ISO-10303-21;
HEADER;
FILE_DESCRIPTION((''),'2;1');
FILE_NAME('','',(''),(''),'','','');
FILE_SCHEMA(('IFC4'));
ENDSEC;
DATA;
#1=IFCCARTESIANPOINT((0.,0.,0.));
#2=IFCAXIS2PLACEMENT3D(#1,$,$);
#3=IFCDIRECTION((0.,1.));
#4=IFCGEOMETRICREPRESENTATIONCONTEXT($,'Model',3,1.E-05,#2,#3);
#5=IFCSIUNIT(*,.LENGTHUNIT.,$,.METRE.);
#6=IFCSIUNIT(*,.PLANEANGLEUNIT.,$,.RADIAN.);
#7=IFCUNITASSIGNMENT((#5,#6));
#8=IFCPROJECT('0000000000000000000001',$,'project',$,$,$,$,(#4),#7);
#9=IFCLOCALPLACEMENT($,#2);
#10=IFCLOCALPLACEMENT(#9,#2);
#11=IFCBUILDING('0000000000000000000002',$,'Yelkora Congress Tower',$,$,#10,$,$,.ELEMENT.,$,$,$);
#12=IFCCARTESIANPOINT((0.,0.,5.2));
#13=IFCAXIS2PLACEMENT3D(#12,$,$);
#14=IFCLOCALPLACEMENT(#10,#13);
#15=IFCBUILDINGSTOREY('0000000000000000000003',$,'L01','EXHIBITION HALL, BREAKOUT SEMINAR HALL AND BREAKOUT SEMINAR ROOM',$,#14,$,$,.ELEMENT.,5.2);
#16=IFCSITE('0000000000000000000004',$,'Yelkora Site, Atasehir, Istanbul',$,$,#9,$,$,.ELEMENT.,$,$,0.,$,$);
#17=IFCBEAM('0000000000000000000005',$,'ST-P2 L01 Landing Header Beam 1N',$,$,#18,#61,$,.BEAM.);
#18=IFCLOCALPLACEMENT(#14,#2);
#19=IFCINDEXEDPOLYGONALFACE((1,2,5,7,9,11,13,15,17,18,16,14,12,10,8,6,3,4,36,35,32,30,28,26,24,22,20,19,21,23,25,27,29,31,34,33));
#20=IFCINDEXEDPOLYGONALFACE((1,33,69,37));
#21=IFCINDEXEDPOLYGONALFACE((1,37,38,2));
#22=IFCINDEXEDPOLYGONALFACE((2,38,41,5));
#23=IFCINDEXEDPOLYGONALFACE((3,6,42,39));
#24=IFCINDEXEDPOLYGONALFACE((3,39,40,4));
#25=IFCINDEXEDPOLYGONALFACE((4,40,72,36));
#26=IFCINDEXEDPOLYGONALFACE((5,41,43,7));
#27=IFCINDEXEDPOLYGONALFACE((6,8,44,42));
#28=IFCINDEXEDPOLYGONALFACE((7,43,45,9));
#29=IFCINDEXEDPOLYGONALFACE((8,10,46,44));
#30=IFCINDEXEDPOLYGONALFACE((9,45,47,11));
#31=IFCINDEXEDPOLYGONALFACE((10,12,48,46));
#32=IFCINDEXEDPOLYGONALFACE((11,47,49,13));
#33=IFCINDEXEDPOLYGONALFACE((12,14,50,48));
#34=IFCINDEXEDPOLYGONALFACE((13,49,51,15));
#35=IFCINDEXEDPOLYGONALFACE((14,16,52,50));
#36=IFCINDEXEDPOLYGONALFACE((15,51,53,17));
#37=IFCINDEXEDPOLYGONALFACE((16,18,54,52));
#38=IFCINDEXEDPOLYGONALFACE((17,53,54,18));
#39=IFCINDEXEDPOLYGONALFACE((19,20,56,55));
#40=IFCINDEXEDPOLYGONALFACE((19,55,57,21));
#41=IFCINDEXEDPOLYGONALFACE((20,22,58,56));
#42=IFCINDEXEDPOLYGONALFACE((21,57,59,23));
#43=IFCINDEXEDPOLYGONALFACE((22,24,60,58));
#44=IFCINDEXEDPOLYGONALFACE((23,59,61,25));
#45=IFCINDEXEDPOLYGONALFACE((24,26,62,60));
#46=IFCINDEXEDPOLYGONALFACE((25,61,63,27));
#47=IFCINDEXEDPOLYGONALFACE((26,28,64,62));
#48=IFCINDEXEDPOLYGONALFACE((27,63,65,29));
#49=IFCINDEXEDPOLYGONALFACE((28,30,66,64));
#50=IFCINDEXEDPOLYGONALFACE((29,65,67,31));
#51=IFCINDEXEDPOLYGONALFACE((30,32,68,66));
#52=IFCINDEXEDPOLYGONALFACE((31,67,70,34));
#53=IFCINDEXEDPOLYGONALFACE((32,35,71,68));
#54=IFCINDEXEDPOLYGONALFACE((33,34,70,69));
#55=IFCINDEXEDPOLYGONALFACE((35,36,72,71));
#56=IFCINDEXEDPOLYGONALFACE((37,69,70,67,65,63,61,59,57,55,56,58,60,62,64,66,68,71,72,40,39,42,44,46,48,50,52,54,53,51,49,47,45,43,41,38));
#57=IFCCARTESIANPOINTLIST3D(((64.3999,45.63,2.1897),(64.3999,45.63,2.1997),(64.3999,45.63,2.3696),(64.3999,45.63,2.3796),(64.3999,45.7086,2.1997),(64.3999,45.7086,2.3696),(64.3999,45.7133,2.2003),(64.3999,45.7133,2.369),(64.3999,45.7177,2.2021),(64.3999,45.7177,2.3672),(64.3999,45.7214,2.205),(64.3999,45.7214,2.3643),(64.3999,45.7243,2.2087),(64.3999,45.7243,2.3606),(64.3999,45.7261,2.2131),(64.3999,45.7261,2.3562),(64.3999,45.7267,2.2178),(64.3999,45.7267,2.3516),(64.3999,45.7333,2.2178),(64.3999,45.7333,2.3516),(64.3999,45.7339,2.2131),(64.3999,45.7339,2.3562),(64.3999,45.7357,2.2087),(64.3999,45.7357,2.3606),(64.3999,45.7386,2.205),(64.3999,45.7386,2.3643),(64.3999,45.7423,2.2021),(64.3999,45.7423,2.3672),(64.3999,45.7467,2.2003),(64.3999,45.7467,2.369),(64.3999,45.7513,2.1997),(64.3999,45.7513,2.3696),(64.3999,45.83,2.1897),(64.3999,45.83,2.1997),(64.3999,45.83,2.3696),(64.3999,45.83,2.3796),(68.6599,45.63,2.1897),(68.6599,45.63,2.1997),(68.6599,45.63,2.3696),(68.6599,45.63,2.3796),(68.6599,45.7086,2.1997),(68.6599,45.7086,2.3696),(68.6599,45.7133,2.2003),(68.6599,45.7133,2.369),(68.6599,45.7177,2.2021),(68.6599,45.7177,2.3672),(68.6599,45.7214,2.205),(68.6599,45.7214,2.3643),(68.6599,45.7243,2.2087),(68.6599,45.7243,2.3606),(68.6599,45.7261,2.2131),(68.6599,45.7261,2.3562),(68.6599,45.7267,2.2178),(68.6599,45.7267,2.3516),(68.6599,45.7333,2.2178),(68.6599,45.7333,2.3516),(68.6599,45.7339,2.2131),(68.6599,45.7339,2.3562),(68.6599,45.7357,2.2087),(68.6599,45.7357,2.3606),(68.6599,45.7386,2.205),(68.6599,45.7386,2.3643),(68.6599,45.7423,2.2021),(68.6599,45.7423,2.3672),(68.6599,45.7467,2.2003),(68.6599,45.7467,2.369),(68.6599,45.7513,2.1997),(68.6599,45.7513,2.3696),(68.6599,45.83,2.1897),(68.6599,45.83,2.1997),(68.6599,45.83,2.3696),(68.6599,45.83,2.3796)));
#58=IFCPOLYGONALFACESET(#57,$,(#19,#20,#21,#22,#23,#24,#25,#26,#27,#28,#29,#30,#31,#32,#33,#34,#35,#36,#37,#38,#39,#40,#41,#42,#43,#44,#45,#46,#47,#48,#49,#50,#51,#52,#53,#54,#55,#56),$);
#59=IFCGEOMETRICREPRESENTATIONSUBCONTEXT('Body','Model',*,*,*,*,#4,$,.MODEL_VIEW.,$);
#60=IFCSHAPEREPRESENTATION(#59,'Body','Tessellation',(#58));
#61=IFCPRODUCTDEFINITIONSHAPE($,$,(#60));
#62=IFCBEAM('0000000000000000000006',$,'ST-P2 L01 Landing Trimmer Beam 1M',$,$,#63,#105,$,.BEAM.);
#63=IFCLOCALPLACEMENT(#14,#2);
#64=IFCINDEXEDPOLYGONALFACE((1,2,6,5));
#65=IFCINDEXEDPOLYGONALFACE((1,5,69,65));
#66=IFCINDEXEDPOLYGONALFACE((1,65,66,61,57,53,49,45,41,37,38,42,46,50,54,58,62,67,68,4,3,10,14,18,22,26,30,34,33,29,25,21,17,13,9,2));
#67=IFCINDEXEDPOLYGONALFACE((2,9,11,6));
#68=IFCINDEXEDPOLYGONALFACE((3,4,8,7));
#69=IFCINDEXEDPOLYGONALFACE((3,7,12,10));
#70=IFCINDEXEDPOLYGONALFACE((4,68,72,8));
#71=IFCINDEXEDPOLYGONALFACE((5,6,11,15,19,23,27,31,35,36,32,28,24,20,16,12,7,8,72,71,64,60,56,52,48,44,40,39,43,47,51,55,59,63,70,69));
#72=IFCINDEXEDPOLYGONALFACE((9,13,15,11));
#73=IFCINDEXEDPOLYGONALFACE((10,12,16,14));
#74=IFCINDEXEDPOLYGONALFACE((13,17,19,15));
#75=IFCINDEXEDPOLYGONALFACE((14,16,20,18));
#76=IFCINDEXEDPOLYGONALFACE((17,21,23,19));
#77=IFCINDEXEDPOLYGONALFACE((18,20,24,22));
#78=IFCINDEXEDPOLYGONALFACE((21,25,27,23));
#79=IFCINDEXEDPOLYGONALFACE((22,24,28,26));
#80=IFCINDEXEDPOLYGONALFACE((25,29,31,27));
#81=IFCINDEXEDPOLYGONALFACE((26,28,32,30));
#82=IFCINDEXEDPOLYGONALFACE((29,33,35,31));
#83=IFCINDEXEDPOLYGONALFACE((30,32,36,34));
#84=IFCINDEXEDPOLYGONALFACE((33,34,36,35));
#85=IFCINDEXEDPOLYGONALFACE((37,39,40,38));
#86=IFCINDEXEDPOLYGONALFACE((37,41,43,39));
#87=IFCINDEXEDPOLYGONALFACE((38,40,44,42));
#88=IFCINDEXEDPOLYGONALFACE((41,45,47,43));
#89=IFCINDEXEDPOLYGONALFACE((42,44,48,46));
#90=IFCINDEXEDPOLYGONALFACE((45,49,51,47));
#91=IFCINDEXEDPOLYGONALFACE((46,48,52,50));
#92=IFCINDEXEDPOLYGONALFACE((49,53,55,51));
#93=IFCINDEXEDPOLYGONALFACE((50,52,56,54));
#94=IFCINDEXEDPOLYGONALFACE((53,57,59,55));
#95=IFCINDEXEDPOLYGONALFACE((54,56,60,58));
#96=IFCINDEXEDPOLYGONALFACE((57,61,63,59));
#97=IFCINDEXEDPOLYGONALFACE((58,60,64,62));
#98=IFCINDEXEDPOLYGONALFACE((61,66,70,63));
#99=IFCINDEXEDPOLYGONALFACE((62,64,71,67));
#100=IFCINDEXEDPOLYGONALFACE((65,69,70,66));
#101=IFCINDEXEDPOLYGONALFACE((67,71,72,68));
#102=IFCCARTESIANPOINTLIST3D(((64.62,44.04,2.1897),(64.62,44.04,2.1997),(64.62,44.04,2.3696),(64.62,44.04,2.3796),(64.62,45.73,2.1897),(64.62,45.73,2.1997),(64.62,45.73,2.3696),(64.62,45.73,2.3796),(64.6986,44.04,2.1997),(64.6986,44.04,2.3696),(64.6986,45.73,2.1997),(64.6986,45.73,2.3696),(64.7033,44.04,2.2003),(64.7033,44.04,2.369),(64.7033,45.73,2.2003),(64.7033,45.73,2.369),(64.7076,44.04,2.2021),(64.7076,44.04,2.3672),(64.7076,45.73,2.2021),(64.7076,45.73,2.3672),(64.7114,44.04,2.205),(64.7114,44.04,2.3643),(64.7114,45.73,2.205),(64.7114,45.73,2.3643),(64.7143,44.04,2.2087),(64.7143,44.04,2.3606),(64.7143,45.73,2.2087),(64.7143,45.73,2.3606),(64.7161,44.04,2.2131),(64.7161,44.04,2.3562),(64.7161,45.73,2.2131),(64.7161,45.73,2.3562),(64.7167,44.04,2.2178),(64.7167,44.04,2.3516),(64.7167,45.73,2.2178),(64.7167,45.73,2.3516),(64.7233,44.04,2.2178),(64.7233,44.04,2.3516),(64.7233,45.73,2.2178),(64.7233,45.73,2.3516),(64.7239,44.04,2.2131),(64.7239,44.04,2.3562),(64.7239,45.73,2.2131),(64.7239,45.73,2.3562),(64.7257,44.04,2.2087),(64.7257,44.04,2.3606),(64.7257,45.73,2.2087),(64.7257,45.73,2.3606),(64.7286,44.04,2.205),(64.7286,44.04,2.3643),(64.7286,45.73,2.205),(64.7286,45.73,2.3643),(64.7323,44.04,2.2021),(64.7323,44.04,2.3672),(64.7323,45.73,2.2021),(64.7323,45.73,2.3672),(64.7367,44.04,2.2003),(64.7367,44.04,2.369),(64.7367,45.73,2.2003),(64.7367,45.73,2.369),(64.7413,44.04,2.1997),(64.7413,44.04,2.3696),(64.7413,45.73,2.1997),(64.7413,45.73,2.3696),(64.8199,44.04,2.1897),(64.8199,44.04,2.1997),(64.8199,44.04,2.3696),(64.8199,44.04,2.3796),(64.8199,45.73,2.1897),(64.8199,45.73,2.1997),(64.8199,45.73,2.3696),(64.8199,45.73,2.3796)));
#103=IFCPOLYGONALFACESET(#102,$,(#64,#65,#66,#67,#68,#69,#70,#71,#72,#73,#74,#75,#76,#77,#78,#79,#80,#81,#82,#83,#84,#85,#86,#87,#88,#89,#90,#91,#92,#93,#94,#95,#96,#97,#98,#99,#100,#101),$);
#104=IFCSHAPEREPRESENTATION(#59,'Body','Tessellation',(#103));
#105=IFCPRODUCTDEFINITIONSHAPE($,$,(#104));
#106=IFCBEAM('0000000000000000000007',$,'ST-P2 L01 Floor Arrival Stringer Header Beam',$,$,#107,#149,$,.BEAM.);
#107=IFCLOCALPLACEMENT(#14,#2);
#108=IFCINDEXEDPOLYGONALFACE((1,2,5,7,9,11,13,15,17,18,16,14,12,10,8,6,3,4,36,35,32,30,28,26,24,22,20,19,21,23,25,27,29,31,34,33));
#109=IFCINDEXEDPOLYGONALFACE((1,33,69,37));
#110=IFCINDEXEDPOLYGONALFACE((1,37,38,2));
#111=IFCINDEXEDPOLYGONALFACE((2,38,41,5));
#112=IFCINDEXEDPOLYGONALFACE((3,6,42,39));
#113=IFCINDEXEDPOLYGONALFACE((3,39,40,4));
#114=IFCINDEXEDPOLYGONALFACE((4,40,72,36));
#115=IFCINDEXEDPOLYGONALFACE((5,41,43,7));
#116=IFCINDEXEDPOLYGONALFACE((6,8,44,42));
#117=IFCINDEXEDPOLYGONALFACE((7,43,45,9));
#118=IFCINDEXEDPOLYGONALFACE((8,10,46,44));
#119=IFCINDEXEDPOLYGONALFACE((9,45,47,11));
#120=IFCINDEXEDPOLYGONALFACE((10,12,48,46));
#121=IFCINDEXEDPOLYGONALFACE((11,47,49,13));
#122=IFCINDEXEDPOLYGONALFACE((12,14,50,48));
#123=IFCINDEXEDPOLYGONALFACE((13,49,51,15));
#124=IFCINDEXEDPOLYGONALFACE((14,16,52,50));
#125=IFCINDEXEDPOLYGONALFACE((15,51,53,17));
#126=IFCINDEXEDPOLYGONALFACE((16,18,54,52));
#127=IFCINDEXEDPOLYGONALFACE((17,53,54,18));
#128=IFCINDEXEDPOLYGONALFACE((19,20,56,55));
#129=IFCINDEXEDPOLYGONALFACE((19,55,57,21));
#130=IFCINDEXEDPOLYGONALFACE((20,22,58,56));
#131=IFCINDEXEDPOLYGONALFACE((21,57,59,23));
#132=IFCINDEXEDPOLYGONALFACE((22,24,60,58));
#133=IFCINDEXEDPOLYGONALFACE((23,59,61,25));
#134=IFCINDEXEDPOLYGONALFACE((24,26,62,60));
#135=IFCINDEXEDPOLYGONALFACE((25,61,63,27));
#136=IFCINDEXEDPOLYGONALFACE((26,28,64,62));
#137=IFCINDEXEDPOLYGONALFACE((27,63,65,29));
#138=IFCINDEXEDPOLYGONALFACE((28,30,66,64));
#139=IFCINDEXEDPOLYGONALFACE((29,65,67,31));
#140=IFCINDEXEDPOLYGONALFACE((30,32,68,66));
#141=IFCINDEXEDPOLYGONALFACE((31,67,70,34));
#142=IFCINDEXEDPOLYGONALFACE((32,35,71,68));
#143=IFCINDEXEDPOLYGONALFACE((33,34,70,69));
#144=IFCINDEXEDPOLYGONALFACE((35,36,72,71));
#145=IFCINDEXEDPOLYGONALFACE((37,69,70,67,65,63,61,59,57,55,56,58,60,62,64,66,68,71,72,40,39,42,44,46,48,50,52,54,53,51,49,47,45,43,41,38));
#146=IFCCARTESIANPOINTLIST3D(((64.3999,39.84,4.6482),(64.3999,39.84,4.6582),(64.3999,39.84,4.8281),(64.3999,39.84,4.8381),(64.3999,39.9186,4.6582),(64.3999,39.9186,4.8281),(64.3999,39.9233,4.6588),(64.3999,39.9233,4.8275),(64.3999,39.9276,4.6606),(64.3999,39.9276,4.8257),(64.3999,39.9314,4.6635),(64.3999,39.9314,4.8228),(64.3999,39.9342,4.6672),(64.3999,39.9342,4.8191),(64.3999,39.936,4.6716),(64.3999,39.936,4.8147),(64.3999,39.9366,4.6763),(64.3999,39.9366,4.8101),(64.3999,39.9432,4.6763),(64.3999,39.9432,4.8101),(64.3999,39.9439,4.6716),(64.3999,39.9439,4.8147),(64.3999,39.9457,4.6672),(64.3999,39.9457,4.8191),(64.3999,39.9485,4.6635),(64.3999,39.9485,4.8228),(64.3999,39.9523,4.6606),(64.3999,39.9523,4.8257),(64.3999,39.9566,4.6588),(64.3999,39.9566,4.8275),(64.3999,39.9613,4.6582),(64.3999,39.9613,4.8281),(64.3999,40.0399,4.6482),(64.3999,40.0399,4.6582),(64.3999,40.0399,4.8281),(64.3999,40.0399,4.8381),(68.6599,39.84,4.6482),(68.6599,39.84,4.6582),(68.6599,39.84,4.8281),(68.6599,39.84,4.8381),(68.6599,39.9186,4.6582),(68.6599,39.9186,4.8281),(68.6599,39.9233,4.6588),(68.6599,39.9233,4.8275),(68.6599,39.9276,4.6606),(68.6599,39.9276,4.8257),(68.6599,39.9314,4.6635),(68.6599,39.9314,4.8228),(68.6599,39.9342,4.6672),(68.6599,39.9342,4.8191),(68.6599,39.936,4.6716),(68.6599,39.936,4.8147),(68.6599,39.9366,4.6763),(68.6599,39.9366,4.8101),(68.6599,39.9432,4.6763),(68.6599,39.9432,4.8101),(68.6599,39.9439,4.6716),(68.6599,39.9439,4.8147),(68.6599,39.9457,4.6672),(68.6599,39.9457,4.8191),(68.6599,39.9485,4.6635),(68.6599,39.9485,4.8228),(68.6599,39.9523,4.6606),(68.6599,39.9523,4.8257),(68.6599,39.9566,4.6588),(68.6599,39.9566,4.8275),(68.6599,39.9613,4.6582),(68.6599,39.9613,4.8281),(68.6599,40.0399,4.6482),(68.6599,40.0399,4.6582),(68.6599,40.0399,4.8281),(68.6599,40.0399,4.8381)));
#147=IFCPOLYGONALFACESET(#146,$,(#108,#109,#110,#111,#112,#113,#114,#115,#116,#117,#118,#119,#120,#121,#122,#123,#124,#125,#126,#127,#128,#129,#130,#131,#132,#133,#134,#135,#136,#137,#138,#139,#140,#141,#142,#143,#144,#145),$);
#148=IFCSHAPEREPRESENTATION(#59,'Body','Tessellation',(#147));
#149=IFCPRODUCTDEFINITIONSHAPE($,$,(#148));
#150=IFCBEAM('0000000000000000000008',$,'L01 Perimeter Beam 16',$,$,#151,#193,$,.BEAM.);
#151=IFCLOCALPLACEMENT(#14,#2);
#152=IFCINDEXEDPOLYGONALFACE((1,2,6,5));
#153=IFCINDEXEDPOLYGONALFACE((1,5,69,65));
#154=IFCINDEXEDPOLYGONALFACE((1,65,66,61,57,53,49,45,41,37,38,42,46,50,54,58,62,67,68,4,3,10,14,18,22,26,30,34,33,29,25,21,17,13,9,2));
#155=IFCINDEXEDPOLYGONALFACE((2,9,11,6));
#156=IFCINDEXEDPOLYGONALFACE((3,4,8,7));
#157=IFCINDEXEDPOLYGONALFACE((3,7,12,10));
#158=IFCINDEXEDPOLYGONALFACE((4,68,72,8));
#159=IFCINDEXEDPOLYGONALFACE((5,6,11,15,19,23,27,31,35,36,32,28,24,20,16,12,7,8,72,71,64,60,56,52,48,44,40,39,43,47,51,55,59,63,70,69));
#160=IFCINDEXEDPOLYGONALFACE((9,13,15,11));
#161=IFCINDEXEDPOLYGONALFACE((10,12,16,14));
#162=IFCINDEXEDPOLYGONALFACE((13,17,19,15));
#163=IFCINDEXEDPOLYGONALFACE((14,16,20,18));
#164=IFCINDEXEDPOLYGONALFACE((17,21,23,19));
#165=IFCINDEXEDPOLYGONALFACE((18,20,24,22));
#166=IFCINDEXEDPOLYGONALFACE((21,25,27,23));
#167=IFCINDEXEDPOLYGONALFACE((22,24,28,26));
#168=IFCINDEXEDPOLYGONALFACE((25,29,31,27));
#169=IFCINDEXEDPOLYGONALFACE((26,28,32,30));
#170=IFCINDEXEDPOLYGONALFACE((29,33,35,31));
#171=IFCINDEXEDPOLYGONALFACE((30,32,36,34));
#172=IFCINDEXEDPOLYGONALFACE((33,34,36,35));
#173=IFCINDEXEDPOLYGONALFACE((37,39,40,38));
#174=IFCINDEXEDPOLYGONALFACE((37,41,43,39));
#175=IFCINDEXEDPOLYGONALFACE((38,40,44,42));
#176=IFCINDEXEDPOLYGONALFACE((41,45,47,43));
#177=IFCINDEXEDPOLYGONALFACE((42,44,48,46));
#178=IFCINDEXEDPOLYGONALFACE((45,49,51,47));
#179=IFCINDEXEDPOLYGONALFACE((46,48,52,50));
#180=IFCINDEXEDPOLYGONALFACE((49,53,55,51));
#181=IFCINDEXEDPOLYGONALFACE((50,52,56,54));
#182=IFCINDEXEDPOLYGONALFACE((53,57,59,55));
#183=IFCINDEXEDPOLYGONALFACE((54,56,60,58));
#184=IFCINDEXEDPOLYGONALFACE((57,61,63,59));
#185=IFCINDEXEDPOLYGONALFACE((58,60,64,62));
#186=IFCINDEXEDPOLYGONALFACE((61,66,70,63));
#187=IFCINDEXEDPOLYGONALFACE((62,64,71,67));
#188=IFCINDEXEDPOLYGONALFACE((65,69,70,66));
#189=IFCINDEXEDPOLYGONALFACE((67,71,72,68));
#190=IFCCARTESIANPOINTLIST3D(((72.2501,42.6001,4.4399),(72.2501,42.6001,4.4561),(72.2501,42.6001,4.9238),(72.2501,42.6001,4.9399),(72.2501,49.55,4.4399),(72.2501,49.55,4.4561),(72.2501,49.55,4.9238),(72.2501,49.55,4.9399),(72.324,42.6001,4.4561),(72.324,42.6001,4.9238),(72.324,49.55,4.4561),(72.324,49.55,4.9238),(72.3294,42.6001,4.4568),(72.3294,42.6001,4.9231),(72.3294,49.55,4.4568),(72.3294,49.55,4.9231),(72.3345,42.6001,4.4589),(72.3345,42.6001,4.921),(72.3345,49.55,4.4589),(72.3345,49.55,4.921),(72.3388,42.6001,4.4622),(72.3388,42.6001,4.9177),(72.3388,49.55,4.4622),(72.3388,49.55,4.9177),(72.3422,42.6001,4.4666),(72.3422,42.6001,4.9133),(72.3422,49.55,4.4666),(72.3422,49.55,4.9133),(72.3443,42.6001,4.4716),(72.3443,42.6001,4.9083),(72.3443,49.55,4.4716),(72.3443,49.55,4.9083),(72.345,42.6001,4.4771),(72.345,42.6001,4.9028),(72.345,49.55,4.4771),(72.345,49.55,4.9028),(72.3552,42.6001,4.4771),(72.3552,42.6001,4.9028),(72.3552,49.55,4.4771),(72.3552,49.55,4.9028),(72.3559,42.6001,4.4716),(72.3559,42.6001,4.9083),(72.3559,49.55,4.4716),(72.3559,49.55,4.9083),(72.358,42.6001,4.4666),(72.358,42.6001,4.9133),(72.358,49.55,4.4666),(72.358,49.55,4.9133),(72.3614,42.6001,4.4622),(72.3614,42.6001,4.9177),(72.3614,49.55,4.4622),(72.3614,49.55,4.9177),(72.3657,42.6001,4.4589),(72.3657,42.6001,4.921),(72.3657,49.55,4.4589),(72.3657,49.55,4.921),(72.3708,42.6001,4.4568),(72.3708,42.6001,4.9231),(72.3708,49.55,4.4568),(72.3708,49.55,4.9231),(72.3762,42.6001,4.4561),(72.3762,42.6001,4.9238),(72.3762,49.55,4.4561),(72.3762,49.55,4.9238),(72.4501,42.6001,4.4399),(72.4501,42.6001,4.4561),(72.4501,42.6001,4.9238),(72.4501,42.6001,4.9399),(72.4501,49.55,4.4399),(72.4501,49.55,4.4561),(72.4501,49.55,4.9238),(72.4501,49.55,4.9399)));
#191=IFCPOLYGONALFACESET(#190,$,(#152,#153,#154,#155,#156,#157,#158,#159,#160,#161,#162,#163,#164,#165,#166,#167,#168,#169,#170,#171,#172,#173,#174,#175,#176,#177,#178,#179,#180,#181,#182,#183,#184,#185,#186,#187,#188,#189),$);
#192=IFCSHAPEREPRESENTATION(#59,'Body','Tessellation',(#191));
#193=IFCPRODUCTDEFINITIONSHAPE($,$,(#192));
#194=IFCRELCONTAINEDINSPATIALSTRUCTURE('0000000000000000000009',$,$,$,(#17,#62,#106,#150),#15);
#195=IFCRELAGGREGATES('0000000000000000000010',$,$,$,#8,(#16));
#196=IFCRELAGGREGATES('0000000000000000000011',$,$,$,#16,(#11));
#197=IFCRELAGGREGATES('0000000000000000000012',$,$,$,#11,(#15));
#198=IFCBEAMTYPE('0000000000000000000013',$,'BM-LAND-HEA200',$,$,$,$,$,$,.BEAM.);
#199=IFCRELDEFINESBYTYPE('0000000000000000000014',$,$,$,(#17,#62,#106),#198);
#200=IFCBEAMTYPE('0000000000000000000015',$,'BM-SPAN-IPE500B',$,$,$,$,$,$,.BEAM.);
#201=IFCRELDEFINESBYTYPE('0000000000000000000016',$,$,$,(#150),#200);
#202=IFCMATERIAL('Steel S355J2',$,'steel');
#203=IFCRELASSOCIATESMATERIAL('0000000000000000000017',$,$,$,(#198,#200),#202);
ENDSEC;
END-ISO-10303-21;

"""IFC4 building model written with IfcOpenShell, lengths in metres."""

from ifc_helpers import new_model, si_unit, direction, frame, origin, origin_2d, place, context, subcontext, project, spatial, i_section, extrude, material, material_profile, profile_set, type_object, element, save


model = new_model("IFC4")

# Units and contexts
model_context = context("Model", 3, precision=1e-05, world=origin(), true_north=direction((0.0, 1.0)))
body_context = subcontext(model_context, "Body", "Model", "MODEL_VIEW")
ifc_project = project(units=[si_unit("LENGTHUNIT", "METRE"), si_unit("PLANEANGLEUNIT", "RADIAN")], contexts=[model_context])

# Site, building, storey
site_placement = place(None, origin())
site = spatial("IfcSite", under=ifc_project, at=site_placement, Name="Yelkora Site, Atasehir, Istanbul", CompositionType="ELEMENT", RefElevation=0.0)
building_placement = place(site_placement, origin())
building = spatial("IfcBuilding", under=site, at=building_placement, Name="Yelkora Congress Tower", CompositionType="ELEMENT")
storey_placement = place(building_placement, frame((0.0, 0.0, 5.2)))
storey = spatial("IfcBuildingStorey", under=building, at=storey_placement, Name="L01", Description="EXHIBITION HALL, BREAKOUT SEMINAR HALL AND BREAKOUT SEMINAR ROOM", CompositionType="ELEMENT", Elevation=5.2)

# Beams
ifc_material_1 = material(Name="Steel S355J2", Category="steel")
ifc_material_profile_1 = material_profile(ifc_material_1, i_section(OverallWidth=0.2, OverallDepth=0.1899, WebThickness=0.0066, FlangeThickness=0.01, FilletRadius=0.0181, at=origin_2d()), Name="HEA 200")
ifc_profile_set_1 = profile_set([ifc_material_profile_1], Name="Steel S355J2")
beam_type_1 = type_object("IfcBeamType", Name="BM-LAND-HEA200", PredefinedType="BEAM", material=ifc_profile_set_1)
for number, where, z_axis, x_axis, name in (
    (1, (64.3999, 45.73, 2.2847), (1.0, 0.0, 0.0), (0.0, 1.0, 0.0), "ST-P2 L01 Landing Header Beam 1N"),
):
    element("IfcBeam", number, at=place(storey_placement, frame(where, z_axis=z_axis, x_axis=x_axis)), inside=storey, type_object=beam_type_1, Name=name, PredefinedType="BEAM", context=body_context, shape_type="SweptSolid", body=[
        extrude(i_section(OverallWidth=0.2, OverallDepth=0.1899, WebThickness=0.0066, FlangeThickness=0.01, FilletRadius=0.0181, at=origin_2d()), origin(), (0.0, 0.0, 1.0), 4.26),
    ])
beam_1_placement = place(storey_placement, frame((64.72, 44.04, 2.2847), z_axis=(0.0, 1.0, 0.0), x_axis=(-1.0, 0.0, 0.0)))
element("IfcBeam", 2, at=beam_1_placement, inside=storey, type_object=beam_type_1, Name="ST-P2 L01 Landing Trimmer Beam 1M", PredefinedType="BEAM", context=body_context, shape_type="SweptSolid", body=[
    extrude(i_section(OverallWidth=0.2, OverallDepth=0.1899, WebThickness=0.0066, FlangeThickness=0.01, FilletRadius=0.0181, at=origin_2d()), origin(), (0.0, 0.0, 1.0), 1.6899),
])
beam_2_placement = place(storey_placement, frame((64.3999, 39.9399, 4.7432), z_axis=(1.0, 0.0, 0.0), x_axis=(0.0, 1.0, 0.0)))
element("IfcBeam", 3, at=beam_2_placement, inside=storey, type_object=beam_type_1, Name="ST-P2 L01 Floor Arrival Stringer Header Beam", PredefinedType="BEAM", context=body_context, shape_type="SweptSolid", body=[
    extrude(i_section(OverallWidth=0.2, OverallDepth=0.1899, WebThickness=0.0066, FlangeThickness=0.01, FilletRadius=0.0181, at=origin_2d()), origin(), (0.0, 0.0, 1.0), 4.26),
])
ifc_material_profile_2 = material_profile(ifc_material_1, i_section(OverallWidth=0.2, OverallDepth=0.5, WebThickness=0.0103, FlangeThickness=0.0161, FilletRadius=0.021, at=origin_2d()), Name="IPE 500")
ifc_profile_set_2 = profile_set([ifc_material_profile_2], Name="Steel S355J2")
beam_type_2 = type_object("IfcBeamType", Name="BM-SPAN-IPE500B", PredefinedType="BEAM", material=ifc_profile_set_2)
beam_3_placement = place(storey_placement, frame((72.3501, 42.6001, 4.6899), z_axis=(0.0, 1.0, 0.0), x_axis=(-1.0, 0.0, 0.0)))
element("IfcBeam", 4, at=beam_3_placement, inside=storey, type_object=beam_type_2, Name="L01 Perimeter Beam 16", PredefinedType="BEAM", context=body_context, shape_type="SweptSolid", body=[
    extrude(i_section(OverallWidth=0.2, OverallDepth=0.5, WebThickness=0.0103, FlangeThickness=0.0161, FilletRadius=0.021, at=origin_2d()), origin(), (0.0, 0.0, 1.0), 6.95),
])

save(model, "model.ifc")
